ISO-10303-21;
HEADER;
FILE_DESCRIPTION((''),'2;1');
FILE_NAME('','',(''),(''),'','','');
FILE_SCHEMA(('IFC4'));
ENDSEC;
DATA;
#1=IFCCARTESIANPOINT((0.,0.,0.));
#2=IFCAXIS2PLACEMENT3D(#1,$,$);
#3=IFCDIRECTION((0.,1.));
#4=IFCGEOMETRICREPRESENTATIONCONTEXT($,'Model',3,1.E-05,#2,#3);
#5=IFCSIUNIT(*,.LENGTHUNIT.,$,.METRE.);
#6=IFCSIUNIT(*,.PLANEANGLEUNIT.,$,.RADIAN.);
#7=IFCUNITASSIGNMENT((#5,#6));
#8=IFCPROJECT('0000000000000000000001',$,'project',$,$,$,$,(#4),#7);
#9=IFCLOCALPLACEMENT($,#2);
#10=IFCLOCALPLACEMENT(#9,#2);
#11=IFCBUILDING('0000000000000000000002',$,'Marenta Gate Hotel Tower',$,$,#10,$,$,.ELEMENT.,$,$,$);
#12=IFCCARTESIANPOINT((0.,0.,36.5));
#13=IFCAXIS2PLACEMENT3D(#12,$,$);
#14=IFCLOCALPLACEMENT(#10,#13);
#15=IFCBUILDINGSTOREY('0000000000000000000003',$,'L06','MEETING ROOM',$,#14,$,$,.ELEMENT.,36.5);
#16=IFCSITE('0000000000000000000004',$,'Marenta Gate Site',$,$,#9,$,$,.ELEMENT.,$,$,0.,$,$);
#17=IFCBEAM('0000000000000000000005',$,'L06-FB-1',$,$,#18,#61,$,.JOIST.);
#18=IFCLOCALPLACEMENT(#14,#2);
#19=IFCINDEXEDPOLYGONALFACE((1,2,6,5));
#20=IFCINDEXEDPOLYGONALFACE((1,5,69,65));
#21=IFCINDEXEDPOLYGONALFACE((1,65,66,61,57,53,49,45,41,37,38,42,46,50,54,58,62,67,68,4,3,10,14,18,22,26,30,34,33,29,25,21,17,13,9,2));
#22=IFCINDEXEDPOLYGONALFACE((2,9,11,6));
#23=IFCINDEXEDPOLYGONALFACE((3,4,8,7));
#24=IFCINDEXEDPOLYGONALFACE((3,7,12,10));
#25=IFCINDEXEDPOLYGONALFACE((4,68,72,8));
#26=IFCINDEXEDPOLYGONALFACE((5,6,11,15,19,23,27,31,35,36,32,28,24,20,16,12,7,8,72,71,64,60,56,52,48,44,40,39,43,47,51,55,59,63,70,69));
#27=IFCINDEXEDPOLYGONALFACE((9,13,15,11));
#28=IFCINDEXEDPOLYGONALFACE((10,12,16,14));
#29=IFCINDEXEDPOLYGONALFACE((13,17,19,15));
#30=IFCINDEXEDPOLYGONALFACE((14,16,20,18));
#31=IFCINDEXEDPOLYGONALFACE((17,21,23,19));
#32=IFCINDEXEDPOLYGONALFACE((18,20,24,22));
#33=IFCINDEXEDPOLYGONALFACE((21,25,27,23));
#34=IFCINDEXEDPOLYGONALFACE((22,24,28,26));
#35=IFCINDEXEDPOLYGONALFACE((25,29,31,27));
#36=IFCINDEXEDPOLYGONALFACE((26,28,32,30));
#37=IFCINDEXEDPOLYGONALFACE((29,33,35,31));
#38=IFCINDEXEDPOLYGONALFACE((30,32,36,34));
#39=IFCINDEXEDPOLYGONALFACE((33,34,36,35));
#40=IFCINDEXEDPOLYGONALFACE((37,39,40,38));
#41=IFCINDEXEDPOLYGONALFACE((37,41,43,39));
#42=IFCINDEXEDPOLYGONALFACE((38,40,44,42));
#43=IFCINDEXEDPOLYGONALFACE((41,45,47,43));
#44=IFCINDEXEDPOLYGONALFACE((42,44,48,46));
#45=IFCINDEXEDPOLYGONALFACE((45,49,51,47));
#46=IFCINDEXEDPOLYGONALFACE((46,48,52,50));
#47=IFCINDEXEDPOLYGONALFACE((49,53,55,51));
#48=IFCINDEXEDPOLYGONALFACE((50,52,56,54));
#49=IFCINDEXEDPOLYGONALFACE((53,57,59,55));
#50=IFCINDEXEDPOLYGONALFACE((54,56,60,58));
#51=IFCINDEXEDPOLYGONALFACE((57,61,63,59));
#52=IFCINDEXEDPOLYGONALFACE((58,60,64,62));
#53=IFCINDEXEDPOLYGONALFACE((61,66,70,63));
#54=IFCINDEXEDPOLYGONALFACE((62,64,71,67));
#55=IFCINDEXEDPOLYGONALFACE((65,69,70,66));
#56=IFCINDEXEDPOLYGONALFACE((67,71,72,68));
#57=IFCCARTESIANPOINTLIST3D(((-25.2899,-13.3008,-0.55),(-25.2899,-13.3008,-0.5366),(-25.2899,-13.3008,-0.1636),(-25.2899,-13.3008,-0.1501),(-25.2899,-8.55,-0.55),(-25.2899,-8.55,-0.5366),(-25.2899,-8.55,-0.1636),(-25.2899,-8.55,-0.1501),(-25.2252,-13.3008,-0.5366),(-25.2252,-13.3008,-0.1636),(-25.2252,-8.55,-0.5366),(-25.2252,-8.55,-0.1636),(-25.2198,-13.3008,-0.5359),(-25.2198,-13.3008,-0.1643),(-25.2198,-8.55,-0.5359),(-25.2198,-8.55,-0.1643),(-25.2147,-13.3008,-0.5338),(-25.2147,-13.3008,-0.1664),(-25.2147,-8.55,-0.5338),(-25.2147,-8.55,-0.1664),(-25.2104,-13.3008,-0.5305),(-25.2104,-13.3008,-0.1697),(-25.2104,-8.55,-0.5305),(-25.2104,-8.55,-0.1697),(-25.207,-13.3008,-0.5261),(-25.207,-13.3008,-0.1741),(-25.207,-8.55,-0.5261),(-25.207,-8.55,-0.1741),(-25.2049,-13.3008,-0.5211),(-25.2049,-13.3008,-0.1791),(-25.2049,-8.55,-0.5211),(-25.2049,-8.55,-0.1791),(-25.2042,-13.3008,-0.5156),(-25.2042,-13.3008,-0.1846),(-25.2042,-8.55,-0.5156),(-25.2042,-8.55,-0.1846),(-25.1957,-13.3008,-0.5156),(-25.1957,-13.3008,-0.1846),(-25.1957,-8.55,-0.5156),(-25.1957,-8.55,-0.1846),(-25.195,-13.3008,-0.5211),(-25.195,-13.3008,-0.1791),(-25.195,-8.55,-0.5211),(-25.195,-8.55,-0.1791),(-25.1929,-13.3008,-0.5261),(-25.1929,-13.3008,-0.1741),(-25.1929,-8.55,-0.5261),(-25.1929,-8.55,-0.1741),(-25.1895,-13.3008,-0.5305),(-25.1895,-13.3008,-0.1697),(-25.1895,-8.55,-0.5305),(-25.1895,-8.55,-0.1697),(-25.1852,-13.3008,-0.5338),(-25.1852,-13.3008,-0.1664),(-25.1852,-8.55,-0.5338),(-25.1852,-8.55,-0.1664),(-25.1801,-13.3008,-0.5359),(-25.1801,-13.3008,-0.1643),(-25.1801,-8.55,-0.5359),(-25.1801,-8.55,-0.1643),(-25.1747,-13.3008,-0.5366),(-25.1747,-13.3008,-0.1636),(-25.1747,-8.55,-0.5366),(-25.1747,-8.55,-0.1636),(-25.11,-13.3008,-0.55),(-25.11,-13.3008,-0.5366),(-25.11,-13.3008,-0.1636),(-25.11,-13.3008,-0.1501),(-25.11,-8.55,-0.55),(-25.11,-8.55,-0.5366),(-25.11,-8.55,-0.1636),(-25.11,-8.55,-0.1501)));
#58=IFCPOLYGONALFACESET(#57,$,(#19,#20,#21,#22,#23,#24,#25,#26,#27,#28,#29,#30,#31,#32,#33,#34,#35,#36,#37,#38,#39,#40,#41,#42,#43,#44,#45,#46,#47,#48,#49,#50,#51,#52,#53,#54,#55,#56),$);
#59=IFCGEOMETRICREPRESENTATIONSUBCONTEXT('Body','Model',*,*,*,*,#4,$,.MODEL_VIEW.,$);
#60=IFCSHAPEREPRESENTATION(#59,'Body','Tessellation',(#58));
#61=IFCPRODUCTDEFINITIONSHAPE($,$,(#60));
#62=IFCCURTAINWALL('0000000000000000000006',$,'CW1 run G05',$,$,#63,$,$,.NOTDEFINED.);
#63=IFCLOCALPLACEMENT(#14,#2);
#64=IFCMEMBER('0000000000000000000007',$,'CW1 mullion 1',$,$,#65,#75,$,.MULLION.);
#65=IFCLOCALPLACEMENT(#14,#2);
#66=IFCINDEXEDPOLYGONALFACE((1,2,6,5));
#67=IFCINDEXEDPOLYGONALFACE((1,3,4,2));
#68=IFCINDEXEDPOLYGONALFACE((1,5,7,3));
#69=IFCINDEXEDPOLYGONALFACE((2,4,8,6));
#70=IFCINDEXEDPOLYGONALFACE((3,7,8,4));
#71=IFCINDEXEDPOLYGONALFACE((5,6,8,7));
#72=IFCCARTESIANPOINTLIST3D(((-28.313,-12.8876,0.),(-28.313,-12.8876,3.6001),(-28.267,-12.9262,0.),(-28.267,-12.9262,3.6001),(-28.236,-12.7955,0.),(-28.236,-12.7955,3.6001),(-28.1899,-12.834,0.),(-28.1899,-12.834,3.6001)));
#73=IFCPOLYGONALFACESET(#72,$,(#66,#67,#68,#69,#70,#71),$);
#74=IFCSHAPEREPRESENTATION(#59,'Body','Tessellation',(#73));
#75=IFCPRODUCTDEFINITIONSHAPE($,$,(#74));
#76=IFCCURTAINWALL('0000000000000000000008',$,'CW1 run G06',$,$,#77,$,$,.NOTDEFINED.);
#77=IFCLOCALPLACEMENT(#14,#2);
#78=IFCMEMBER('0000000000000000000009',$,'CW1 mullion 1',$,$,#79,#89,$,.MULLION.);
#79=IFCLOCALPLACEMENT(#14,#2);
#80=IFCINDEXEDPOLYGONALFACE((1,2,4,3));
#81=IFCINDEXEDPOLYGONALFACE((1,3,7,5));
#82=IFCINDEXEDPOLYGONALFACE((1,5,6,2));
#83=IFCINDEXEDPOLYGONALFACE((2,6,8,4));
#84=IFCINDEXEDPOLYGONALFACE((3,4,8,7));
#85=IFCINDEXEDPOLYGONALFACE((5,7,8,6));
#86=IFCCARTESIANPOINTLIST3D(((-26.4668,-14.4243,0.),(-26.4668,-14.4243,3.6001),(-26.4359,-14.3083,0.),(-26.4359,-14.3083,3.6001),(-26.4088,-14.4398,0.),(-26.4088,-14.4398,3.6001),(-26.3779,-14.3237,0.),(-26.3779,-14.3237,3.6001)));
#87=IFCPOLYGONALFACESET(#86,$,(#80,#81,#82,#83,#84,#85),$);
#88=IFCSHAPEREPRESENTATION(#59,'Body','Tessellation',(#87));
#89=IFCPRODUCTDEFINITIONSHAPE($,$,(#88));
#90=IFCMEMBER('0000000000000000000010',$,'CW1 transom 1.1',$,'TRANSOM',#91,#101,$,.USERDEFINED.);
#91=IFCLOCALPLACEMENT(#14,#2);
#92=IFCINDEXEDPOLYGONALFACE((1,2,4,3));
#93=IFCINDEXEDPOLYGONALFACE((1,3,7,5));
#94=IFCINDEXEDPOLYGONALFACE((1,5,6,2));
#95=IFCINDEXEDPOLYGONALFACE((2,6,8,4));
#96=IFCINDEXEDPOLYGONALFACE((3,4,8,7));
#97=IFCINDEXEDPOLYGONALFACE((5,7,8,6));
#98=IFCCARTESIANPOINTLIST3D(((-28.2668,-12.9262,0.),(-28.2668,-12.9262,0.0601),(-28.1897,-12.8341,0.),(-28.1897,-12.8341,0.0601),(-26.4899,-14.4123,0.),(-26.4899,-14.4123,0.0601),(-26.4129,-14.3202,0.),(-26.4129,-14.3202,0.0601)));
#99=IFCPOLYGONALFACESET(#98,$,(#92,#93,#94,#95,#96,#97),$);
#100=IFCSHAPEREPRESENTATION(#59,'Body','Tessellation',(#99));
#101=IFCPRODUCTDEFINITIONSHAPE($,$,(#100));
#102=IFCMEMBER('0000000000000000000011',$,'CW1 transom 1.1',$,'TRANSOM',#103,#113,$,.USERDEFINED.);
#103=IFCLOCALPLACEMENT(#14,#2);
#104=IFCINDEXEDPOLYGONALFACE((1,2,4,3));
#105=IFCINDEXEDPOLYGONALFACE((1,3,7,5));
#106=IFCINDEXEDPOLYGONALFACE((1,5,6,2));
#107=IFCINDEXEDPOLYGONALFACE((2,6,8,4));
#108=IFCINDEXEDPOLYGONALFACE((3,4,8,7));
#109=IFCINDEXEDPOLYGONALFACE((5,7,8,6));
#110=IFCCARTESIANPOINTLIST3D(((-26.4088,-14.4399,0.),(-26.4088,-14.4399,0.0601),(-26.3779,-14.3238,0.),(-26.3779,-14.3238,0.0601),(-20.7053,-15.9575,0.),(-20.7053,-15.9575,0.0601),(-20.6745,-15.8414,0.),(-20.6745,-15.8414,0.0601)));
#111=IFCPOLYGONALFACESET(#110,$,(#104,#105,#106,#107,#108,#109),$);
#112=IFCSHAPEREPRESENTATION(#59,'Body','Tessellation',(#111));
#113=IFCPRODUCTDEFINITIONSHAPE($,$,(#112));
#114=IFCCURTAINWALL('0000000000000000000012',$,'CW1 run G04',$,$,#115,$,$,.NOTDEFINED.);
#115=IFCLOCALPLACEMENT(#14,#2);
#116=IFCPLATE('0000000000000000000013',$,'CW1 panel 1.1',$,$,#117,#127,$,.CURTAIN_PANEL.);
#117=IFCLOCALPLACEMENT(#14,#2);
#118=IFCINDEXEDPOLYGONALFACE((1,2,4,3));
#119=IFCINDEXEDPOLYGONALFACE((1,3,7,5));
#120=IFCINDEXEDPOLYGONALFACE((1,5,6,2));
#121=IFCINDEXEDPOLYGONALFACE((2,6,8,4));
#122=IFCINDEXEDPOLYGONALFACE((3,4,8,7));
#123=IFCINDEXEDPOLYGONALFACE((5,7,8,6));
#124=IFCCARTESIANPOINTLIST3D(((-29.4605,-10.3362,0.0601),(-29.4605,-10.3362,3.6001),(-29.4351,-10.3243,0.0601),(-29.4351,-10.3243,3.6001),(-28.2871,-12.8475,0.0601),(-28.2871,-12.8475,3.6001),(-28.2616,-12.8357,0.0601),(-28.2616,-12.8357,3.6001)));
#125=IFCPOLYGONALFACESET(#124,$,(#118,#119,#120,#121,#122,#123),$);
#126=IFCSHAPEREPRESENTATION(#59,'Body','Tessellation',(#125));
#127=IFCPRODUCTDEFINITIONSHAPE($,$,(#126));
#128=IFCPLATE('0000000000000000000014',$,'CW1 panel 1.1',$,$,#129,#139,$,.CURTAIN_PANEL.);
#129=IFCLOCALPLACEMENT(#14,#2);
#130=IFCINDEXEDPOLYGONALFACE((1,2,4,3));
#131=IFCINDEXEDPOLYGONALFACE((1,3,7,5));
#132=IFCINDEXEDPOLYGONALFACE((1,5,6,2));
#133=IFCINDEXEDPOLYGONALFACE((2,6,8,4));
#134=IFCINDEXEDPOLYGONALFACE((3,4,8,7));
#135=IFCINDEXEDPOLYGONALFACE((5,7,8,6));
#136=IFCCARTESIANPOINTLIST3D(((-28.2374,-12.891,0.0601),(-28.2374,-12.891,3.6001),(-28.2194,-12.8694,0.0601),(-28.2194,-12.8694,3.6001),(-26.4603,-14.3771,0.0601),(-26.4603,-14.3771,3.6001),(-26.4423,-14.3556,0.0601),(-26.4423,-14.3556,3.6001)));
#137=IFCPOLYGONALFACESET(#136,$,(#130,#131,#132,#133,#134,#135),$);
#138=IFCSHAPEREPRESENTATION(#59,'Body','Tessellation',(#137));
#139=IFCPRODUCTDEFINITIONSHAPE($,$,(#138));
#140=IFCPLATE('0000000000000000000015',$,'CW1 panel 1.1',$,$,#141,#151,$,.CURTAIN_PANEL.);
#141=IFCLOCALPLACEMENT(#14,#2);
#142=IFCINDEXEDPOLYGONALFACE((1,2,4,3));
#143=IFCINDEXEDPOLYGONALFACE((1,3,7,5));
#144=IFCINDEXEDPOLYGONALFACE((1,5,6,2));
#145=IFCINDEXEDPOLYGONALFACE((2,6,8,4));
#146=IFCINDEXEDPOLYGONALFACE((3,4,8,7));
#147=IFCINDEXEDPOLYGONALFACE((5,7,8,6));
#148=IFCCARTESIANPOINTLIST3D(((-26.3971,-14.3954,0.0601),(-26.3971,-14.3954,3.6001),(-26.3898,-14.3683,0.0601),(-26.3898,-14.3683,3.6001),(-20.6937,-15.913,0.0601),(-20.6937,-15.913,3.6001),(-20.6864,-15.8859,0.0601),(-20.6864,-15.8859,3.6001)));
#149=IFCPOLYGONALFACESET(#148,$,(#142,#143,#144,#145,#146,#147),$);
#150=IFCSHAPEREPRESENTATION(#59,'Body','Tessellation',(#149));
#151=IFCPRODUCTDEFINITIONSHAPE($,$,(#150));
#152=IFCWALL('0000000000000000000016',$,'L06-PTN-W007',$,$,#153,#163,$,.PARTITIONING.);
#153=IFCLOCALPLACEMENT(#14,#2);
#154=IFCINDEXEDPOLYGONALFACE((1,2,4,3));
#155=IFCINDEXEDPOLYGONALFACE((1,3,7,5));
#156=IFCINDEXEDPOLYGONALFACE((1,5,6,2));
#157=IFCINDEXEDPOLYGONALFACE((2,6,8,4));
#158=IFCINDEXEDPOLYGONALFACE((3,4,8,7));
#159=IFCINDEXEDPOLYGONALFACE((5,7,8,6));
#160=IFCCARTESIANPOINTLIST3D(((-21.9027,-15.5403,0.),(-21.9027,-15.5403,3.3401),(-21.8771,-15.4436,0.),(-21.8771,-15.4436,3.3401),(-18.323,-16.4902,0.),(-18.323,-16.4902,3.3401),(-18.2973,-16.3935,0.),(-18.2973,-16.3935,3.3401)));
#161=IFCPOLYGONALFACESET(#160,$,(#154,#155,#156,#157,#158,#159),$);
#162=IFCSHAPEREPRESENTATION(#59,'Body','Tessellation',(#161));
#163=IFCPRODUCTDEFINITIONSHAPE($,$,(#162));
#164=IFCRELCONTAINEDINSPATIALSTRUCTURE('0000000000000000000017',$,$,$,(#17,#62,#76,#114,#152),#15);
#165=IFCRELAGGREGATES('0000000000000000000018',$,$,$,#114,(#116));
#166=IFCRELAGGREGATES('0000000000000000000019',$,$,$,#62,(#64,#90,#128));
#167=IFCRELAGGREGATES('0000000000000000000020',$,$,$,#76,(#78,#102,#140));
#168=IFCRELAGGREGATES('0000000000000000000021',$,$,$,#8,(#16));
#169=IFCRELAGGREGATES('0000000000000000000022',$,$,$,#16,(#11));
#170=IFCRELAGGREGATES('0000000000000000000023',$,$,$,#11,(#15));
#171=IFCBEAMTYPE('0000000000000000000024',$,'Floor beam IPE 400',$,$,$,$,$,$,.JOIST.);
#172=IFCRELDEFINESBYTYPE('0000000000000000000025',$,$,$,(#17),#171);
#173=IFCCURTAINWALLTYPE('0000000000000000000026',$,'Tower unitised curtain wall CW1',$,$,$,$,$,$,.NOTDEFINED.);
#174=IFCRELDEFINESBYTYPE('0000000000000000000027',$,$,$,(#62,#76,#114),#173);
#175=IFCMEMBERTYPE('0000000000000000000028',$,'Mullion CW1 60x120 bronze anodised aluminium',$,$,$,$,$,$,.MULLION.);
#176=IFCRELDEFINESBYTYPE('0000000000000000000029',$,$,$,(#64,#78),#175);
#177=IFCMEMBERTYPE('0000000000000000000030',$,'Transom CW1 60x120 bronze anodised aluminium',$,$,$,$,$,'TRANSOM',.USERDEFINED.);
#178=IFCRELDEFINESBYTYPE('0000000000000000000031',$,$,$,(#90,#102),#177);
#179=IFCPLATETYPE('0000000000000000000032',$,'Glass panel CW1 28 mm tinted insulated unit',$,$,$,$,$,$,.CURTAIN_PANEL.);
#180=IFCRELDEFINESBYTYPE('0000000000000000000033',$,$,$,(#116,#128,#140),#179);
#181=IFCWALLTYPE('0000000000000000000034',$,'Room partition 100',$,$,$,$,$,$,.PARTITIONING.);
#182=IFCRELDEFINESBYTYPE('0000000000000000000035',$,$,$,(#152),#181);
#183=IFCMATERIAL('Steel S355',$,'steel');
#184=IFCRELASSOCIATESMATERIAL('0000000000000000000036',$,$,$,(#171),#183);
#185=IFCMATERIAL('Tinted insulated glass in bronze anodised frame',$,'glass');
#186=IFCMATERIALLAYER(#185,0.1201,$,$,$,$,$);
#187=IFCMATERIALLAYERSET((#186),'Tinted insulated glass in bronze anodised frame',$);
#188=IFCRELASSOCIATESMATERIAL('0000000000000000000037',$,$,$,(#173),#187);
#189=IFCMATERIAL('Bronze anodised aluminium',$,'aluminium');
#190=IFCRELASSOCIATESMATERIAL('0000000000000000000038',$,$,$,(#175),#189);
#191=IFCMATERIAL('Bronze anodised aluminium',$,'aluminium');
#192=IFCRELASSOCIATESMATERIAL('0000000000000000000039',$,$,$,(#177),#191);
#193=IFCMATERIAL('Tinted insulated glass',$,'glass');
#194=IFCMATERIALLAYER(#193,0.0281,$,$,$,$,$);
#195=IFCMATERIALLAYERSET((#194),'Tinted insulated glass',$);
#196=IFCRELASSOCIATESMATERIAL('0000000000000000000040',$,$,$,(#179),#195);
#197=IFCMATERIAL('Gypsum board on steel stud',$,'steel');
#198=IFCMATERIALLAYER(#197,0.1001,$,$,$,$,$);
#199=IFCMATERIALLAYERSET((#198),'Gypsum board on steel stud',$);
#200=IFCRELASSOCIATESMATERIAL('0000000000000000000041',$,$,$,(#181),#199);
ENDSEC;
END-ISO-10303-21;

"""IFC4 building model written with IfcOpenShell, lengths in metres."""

from ifc_helpers import new_model, si_unit, direction, frame, frame_2d, origin, origin_2d, place, context, subcontext, project, spatial, rectangle, i_section, extrude, material, layer, layer_set, material_profile, profile_set, type_object, element, aggregate, save


model = new_model("IFC4")

# Units and contexts
model_context = context("Model", 3, precision=1e-05, world=origin(), true_north=direction((0.0, 1.0)))
body_context = subcontext(model_context, "Body", "Model", "MODEL_VIEW")
ifc_project = project(units=[si_unit("LENGTHUNIT", "METRE"), si_unit("PLANEANGLEUNIT", "RADIAN")], contexts=[model_context])

# Site, building, storey
site_placement = place(None, origin())
site = spatial("IfcSite", under=ifc_project, at=site_placement, Name="Marenta Gate Site", CompositionType="ELEMENT", RefElevation=0.0)
building_placement = place(site_placement, origin())
building = spatial("IfcBuilding", under=site, at=building_placement, Name="Marenta Gate Hotel Tower", CompositionType="ELEMENT")
storey_placement = place(building_placement, frame((0.0, 0.0, 36.5)))
storey = spatial("IfcBuildingStorey", under=building, at=storey_placement, Name="L06", Description="MEETING ROOM", CompositionType="ELEMENT", Elevation=36.5)

# Beam
ifc_material_1 = material(Name="Steel S355", Category="steel")
ifc_material_profile_1 = material_profile(ifc_material_1, i_section(OverallWidth=0.1799, OverallDepth=0.3999, WebThickness=0.0085, FlangeThickness=0.0134, FilletRadius=0.021, at=origin_2d()), Name="IPE 400")
ifc_profile_set_1 = profile_set([ifc_material_profile_1], Name="Steel S355")
beam_type_1 = type_object("IfcBeamType", Name="Floor beam IPE 400", PredefinedType="JOIST", material=ifc_profile_set_1)
beam_1_placement = place(storey_placement, frame((-25.2, -13.3008, -0.3501), z_axis=(0.0, 1.0, 0.0), x_axis=(-1.0, 0.0, 0.0)))
element("IfcBeam", 1, at=beam_1_placement, inside=storey, type_object=beam_type_1, Name="L06-FB-1", PredefinedType="JOIST", context=body_context, shape_type="SweptSolid", body=[
    extrude(i_section(OverallWidth=0.1799, OverallDepth=0.3999, WebThickness=0.0085, FlangeThickness=0.0134, FilletRadius=0.021, at=origin_2d()), origin(), (0.0, 0.0, 1.0), 4.7507),
])

# Curtain walls, members
ifc_material_2 = material(Name="Tinted insulated glass in bronze anodised frame", Category="glass")
ifc_layer_1 = layer(ifc_material_2, 0.1201)
ifc_layer_set_1 = layer_set([ifc_layer_1], Name="Tinted insulated glass in bronze anodised frame")
curtain_wall_type = type_object("IfcCurtainWallType", Name="Tower unitised curtain wall CW1", PredefinedType="NOTDEFINED", material=ifc_layer_set_1)
curtain_wall_1_placement = place(storey_placement, origin())
curtain_wall_1 = element("IfcCurtainWall", 2, at=curtain_wall_1_placement, inside=storey, type_object=curtain_wall_type, Name="CW1 run G05", PredefinedType="NOTDEFINED")
ifc_material_3 = material(Name="Bronze anodised aluminium", Category="aluminium")
ifc_material_profile_2 = material_profile(ifc_material_3, rectangle(XDim=0.1201, YDim=0.0601, at=origin_2d()), Name="Mullion CW1 60x120 bronze anodised aluminium")
ifc_profile_set_2 = profile_set([ifc_material_profile_2], Name="Bronze anodised aluminium")
member_type_1 = type_object("IfcMemberType", Name="Mullion CW1 60x120 bronze anodised aluminium", PredefinedType="MULLION", material=ifc_profile_set_2)
member_1_placement = place(storey_placement, frame((-28.2515, -12.8608, 0.0), z_axis=(0.0, 0.0, 1.0), x_axis=(0.641512, 0.767113, 0.0)))
member_1 = element("IfcMember", 3, at=member_1_placement, type_object=member_type_1, Name="CW1 mullion 1", PredefinedType="MULLION", context=body_context, shape_type="SweptSolid", body=[
    extrude(rectangle(XDim=0.1201, YDim=0.0601, at=origin_2d()), origin(), (0.0, 0.0, 1.0), 3.6001),
])
curtain_wall_2_placement = place(storey_placement, origin())
curtain_wall_2 = element("IfcCurtainWall", 4, at=curtain_wall_2_placement, inside=storey, type_object=curtain_wall_type, Name="CW1 run G06", PredefinedType="NOTDEFINED")
member_2_placement = place(storey_placement, frame((-26.4224, -14.374, 0.0), z_axis=(0.0, 0.0, 1.0), x_axis=(0.257142, 0.966374, 0.0)))
member_2 = element("IfcMember", 5, at=member_2_placement, type_object=member_type_1, Name="CW1 mullion 1", PredefinedType="MULLION", context=body_context, shape_type="SweptSolid", body=[
    extrude(rectangle(XDim=0.1201, YDim=0.0601, at=origin_2d()), origin(), (0.0, 0.0, 1.0), 3.6001),
])

# Members
ifc_material_4 = material(Name="Bronze anodised aluminium", Category="aluminium")
ifc_material_profile_3 = material_profile(ifc_material_4, rectangle(XDim=0.1201, YDim=0.0601, at=origin_2d()), Name="Transom CW1 60x120 bronze anodised aluminium")
ifc_profile_set_3 = profile_set([ifc_material_profile_3], Name="Bronze anodised aluminium")
member_type_2 = type_object("IfcMemberType", Name="Transom CW1 60x120 bronze anodised aluminium", ElementType="TRANSOM", PredefinedType="USERDEFINED", material=ifc_profile_set_3)
member_3_placement = place(storey_placement, frame((-28.2283, -12.8801, 0.03), z_axis=(0.76708, -0.641552, 0.0), x_axis=(0.641552, 0.76708, 0.0)))
member_3 = element("IfcMember", 6, at=member_3_placement, type_object=member_type_2, Name="CW1 transom 1.1", ObjectType="TRANSOM", PredefinedType="USERDEFINED", context=body_context, shape_type="SweptSolid", body=[
    extrude(rectangle(XDim=0.1201, YDim=0.0601, at=origin_2d()), origin(), (0.0, 0.0, 1.0), 2.3164),
])
member_4_placement = place(storey_placement, frame((-26.3933, -14.3818, 0.03), z_axis=(0.966375, -0.257137, 0.0), x_axis=(0.257137, 0.966375, 0.0)))
member_4 = element("IfcMember", 7, at=member_4_placement, type_object=member_type_2, Name="CW1 transom 1.1", ObjectType="TRANSOM", PredefinedType="USERDEFINED", context=body_context, shape_type="SweptSolid", body=[
    extrude(rectangle(XDim=0.1201, YDim=0.0601, at=origin_2d()), origin(), (0.0, 0.0, 1.0), 5.9019),
])

# Curtain wall, plate
curtain_wall_3_placement = place(storey_placement, origin())
curtain_wall_3 = element("IfcCurtainWall", 8, at=curtain_wall_3_placement, inside=storey, type_object=curtain_wall_type, Name="CW1 run G04", PredefinedType="NOTDEFINED")
ifc_material_5 = material(Name="Tinted insulated glass", Category="glass")
ifc_layer_2 = layer(ifc_material_5, 0.0281)
ifc_layer_set_2 = layer_set([ifc_layer_2], Name="Tinted insulated glass")
plate_type = type_object("IfcPlateType", Name="Glass panel CW1 28 mm tinted insulated unit", PredefinedType="CURTAIN_PANEL", material=ifc_layer_set_2)
plate_1_placement = place(storey_placement, frame((-28.8611, -11.5859, 0.0601), z_axis=(0.0, 0.0, 1.0), x_axis=(0.423342, -0.90597, 0.0)))
plate_1 = element("IfcPlate", 9, at=plate_1_placement, type_object=plate_type, Name="CW1 panel 1.1", PredefinedType="CURTAIN_PANEL", context=body_context, shape_type="SweptSolid", body=[
    extrude(rectangle(XDim=2.772, YDim=0.0281, at=origin_2d()), origin(), (0.0, 0.0, 1.0), 3.54),
])
aggregate(curtain_wall_3, [plate_1])

# Plates
plate_2_placement = place(storey_placement, frame((-27.3398, -13.6233, 0.0601), z_axis=(0.0, 0.0, 1.0), x_axis=(0.767113, -0.641512, 0.0)))
plate_2 = element("IfcPlate", 10, at=plate_2_placement, type_object=plate_type, Name="CW1 panel 1.1", PredefinedType="CURTAIN_PANEL", context=body_context, shape_type="SweptSolid", body=[
    extrude(rectangle(XDim=2.3167, YDim=0.0281, at=origin_2d()), origin(), (0.0, 0.0, 1.0), 3.54),
])
aggregate(curtain_wall_1, [member_1, member_3, plate_2])
plate_3_placement = place(storey_placement, frame((-23.5417, -15.1406, 0.0601), z_axis=(0.0, 0.0, 1.0), x_axis=(0.966374, -0.257142, 0.0)))
plate_3 = element("IfcPlate", 11, at=plate_3_placement, type_object=plate_type, Name="CW1 panel 1.1", PredefinedType="CURTAIN_PANEL", context=body_context, shape_type="SweptSolid", body=[
    extrude(rectangle(XDim=5.9019, YDim=0.0281, at=origin_2d()), origin(), (0.0, 0.0, 1.0), 3.54),
])
aggregate(curtain_wall_2, [member_2, member_4, plate_3])

# Wall
ifc_material_6 = material(Name="Gypsum board on steel stud", Category="steel")
ifc_layer_3 = layer(ifc_material_6, 0.1001)
ifc_layer_set_3 = layer_set([ifc_layer_3], Name="Gypsum board on steel stud")
wall_type_1 = type_object("IfcWallType", Name="Room partition 100", PredefinedType="PARTITIONING", material=ifc_layer_set_3)
wall_1_placement = place(storey_placement, frame((-21.8899, -15.4919, 0.0), z_axis=(0.0, 0.0, 1.0), x_axis=(0.966548, -0.256485, 0.0)))
element("IfcWall", 12, at=wall_1_placement, inside=storey, type_object=wall_type_1, Name="L06-PTN-W007", PredefinedType="PARTITIONING", context=body_context, shape_type="SweptSolid", body=[
    extrude(rectangle(XDim=3.7036, YDim=0.1001, at=frame_2d((1.8518, 0.0))), origin(), (0.0, 0.0, 1.0), 3.3401),
])

save(model, "model.ifc")
